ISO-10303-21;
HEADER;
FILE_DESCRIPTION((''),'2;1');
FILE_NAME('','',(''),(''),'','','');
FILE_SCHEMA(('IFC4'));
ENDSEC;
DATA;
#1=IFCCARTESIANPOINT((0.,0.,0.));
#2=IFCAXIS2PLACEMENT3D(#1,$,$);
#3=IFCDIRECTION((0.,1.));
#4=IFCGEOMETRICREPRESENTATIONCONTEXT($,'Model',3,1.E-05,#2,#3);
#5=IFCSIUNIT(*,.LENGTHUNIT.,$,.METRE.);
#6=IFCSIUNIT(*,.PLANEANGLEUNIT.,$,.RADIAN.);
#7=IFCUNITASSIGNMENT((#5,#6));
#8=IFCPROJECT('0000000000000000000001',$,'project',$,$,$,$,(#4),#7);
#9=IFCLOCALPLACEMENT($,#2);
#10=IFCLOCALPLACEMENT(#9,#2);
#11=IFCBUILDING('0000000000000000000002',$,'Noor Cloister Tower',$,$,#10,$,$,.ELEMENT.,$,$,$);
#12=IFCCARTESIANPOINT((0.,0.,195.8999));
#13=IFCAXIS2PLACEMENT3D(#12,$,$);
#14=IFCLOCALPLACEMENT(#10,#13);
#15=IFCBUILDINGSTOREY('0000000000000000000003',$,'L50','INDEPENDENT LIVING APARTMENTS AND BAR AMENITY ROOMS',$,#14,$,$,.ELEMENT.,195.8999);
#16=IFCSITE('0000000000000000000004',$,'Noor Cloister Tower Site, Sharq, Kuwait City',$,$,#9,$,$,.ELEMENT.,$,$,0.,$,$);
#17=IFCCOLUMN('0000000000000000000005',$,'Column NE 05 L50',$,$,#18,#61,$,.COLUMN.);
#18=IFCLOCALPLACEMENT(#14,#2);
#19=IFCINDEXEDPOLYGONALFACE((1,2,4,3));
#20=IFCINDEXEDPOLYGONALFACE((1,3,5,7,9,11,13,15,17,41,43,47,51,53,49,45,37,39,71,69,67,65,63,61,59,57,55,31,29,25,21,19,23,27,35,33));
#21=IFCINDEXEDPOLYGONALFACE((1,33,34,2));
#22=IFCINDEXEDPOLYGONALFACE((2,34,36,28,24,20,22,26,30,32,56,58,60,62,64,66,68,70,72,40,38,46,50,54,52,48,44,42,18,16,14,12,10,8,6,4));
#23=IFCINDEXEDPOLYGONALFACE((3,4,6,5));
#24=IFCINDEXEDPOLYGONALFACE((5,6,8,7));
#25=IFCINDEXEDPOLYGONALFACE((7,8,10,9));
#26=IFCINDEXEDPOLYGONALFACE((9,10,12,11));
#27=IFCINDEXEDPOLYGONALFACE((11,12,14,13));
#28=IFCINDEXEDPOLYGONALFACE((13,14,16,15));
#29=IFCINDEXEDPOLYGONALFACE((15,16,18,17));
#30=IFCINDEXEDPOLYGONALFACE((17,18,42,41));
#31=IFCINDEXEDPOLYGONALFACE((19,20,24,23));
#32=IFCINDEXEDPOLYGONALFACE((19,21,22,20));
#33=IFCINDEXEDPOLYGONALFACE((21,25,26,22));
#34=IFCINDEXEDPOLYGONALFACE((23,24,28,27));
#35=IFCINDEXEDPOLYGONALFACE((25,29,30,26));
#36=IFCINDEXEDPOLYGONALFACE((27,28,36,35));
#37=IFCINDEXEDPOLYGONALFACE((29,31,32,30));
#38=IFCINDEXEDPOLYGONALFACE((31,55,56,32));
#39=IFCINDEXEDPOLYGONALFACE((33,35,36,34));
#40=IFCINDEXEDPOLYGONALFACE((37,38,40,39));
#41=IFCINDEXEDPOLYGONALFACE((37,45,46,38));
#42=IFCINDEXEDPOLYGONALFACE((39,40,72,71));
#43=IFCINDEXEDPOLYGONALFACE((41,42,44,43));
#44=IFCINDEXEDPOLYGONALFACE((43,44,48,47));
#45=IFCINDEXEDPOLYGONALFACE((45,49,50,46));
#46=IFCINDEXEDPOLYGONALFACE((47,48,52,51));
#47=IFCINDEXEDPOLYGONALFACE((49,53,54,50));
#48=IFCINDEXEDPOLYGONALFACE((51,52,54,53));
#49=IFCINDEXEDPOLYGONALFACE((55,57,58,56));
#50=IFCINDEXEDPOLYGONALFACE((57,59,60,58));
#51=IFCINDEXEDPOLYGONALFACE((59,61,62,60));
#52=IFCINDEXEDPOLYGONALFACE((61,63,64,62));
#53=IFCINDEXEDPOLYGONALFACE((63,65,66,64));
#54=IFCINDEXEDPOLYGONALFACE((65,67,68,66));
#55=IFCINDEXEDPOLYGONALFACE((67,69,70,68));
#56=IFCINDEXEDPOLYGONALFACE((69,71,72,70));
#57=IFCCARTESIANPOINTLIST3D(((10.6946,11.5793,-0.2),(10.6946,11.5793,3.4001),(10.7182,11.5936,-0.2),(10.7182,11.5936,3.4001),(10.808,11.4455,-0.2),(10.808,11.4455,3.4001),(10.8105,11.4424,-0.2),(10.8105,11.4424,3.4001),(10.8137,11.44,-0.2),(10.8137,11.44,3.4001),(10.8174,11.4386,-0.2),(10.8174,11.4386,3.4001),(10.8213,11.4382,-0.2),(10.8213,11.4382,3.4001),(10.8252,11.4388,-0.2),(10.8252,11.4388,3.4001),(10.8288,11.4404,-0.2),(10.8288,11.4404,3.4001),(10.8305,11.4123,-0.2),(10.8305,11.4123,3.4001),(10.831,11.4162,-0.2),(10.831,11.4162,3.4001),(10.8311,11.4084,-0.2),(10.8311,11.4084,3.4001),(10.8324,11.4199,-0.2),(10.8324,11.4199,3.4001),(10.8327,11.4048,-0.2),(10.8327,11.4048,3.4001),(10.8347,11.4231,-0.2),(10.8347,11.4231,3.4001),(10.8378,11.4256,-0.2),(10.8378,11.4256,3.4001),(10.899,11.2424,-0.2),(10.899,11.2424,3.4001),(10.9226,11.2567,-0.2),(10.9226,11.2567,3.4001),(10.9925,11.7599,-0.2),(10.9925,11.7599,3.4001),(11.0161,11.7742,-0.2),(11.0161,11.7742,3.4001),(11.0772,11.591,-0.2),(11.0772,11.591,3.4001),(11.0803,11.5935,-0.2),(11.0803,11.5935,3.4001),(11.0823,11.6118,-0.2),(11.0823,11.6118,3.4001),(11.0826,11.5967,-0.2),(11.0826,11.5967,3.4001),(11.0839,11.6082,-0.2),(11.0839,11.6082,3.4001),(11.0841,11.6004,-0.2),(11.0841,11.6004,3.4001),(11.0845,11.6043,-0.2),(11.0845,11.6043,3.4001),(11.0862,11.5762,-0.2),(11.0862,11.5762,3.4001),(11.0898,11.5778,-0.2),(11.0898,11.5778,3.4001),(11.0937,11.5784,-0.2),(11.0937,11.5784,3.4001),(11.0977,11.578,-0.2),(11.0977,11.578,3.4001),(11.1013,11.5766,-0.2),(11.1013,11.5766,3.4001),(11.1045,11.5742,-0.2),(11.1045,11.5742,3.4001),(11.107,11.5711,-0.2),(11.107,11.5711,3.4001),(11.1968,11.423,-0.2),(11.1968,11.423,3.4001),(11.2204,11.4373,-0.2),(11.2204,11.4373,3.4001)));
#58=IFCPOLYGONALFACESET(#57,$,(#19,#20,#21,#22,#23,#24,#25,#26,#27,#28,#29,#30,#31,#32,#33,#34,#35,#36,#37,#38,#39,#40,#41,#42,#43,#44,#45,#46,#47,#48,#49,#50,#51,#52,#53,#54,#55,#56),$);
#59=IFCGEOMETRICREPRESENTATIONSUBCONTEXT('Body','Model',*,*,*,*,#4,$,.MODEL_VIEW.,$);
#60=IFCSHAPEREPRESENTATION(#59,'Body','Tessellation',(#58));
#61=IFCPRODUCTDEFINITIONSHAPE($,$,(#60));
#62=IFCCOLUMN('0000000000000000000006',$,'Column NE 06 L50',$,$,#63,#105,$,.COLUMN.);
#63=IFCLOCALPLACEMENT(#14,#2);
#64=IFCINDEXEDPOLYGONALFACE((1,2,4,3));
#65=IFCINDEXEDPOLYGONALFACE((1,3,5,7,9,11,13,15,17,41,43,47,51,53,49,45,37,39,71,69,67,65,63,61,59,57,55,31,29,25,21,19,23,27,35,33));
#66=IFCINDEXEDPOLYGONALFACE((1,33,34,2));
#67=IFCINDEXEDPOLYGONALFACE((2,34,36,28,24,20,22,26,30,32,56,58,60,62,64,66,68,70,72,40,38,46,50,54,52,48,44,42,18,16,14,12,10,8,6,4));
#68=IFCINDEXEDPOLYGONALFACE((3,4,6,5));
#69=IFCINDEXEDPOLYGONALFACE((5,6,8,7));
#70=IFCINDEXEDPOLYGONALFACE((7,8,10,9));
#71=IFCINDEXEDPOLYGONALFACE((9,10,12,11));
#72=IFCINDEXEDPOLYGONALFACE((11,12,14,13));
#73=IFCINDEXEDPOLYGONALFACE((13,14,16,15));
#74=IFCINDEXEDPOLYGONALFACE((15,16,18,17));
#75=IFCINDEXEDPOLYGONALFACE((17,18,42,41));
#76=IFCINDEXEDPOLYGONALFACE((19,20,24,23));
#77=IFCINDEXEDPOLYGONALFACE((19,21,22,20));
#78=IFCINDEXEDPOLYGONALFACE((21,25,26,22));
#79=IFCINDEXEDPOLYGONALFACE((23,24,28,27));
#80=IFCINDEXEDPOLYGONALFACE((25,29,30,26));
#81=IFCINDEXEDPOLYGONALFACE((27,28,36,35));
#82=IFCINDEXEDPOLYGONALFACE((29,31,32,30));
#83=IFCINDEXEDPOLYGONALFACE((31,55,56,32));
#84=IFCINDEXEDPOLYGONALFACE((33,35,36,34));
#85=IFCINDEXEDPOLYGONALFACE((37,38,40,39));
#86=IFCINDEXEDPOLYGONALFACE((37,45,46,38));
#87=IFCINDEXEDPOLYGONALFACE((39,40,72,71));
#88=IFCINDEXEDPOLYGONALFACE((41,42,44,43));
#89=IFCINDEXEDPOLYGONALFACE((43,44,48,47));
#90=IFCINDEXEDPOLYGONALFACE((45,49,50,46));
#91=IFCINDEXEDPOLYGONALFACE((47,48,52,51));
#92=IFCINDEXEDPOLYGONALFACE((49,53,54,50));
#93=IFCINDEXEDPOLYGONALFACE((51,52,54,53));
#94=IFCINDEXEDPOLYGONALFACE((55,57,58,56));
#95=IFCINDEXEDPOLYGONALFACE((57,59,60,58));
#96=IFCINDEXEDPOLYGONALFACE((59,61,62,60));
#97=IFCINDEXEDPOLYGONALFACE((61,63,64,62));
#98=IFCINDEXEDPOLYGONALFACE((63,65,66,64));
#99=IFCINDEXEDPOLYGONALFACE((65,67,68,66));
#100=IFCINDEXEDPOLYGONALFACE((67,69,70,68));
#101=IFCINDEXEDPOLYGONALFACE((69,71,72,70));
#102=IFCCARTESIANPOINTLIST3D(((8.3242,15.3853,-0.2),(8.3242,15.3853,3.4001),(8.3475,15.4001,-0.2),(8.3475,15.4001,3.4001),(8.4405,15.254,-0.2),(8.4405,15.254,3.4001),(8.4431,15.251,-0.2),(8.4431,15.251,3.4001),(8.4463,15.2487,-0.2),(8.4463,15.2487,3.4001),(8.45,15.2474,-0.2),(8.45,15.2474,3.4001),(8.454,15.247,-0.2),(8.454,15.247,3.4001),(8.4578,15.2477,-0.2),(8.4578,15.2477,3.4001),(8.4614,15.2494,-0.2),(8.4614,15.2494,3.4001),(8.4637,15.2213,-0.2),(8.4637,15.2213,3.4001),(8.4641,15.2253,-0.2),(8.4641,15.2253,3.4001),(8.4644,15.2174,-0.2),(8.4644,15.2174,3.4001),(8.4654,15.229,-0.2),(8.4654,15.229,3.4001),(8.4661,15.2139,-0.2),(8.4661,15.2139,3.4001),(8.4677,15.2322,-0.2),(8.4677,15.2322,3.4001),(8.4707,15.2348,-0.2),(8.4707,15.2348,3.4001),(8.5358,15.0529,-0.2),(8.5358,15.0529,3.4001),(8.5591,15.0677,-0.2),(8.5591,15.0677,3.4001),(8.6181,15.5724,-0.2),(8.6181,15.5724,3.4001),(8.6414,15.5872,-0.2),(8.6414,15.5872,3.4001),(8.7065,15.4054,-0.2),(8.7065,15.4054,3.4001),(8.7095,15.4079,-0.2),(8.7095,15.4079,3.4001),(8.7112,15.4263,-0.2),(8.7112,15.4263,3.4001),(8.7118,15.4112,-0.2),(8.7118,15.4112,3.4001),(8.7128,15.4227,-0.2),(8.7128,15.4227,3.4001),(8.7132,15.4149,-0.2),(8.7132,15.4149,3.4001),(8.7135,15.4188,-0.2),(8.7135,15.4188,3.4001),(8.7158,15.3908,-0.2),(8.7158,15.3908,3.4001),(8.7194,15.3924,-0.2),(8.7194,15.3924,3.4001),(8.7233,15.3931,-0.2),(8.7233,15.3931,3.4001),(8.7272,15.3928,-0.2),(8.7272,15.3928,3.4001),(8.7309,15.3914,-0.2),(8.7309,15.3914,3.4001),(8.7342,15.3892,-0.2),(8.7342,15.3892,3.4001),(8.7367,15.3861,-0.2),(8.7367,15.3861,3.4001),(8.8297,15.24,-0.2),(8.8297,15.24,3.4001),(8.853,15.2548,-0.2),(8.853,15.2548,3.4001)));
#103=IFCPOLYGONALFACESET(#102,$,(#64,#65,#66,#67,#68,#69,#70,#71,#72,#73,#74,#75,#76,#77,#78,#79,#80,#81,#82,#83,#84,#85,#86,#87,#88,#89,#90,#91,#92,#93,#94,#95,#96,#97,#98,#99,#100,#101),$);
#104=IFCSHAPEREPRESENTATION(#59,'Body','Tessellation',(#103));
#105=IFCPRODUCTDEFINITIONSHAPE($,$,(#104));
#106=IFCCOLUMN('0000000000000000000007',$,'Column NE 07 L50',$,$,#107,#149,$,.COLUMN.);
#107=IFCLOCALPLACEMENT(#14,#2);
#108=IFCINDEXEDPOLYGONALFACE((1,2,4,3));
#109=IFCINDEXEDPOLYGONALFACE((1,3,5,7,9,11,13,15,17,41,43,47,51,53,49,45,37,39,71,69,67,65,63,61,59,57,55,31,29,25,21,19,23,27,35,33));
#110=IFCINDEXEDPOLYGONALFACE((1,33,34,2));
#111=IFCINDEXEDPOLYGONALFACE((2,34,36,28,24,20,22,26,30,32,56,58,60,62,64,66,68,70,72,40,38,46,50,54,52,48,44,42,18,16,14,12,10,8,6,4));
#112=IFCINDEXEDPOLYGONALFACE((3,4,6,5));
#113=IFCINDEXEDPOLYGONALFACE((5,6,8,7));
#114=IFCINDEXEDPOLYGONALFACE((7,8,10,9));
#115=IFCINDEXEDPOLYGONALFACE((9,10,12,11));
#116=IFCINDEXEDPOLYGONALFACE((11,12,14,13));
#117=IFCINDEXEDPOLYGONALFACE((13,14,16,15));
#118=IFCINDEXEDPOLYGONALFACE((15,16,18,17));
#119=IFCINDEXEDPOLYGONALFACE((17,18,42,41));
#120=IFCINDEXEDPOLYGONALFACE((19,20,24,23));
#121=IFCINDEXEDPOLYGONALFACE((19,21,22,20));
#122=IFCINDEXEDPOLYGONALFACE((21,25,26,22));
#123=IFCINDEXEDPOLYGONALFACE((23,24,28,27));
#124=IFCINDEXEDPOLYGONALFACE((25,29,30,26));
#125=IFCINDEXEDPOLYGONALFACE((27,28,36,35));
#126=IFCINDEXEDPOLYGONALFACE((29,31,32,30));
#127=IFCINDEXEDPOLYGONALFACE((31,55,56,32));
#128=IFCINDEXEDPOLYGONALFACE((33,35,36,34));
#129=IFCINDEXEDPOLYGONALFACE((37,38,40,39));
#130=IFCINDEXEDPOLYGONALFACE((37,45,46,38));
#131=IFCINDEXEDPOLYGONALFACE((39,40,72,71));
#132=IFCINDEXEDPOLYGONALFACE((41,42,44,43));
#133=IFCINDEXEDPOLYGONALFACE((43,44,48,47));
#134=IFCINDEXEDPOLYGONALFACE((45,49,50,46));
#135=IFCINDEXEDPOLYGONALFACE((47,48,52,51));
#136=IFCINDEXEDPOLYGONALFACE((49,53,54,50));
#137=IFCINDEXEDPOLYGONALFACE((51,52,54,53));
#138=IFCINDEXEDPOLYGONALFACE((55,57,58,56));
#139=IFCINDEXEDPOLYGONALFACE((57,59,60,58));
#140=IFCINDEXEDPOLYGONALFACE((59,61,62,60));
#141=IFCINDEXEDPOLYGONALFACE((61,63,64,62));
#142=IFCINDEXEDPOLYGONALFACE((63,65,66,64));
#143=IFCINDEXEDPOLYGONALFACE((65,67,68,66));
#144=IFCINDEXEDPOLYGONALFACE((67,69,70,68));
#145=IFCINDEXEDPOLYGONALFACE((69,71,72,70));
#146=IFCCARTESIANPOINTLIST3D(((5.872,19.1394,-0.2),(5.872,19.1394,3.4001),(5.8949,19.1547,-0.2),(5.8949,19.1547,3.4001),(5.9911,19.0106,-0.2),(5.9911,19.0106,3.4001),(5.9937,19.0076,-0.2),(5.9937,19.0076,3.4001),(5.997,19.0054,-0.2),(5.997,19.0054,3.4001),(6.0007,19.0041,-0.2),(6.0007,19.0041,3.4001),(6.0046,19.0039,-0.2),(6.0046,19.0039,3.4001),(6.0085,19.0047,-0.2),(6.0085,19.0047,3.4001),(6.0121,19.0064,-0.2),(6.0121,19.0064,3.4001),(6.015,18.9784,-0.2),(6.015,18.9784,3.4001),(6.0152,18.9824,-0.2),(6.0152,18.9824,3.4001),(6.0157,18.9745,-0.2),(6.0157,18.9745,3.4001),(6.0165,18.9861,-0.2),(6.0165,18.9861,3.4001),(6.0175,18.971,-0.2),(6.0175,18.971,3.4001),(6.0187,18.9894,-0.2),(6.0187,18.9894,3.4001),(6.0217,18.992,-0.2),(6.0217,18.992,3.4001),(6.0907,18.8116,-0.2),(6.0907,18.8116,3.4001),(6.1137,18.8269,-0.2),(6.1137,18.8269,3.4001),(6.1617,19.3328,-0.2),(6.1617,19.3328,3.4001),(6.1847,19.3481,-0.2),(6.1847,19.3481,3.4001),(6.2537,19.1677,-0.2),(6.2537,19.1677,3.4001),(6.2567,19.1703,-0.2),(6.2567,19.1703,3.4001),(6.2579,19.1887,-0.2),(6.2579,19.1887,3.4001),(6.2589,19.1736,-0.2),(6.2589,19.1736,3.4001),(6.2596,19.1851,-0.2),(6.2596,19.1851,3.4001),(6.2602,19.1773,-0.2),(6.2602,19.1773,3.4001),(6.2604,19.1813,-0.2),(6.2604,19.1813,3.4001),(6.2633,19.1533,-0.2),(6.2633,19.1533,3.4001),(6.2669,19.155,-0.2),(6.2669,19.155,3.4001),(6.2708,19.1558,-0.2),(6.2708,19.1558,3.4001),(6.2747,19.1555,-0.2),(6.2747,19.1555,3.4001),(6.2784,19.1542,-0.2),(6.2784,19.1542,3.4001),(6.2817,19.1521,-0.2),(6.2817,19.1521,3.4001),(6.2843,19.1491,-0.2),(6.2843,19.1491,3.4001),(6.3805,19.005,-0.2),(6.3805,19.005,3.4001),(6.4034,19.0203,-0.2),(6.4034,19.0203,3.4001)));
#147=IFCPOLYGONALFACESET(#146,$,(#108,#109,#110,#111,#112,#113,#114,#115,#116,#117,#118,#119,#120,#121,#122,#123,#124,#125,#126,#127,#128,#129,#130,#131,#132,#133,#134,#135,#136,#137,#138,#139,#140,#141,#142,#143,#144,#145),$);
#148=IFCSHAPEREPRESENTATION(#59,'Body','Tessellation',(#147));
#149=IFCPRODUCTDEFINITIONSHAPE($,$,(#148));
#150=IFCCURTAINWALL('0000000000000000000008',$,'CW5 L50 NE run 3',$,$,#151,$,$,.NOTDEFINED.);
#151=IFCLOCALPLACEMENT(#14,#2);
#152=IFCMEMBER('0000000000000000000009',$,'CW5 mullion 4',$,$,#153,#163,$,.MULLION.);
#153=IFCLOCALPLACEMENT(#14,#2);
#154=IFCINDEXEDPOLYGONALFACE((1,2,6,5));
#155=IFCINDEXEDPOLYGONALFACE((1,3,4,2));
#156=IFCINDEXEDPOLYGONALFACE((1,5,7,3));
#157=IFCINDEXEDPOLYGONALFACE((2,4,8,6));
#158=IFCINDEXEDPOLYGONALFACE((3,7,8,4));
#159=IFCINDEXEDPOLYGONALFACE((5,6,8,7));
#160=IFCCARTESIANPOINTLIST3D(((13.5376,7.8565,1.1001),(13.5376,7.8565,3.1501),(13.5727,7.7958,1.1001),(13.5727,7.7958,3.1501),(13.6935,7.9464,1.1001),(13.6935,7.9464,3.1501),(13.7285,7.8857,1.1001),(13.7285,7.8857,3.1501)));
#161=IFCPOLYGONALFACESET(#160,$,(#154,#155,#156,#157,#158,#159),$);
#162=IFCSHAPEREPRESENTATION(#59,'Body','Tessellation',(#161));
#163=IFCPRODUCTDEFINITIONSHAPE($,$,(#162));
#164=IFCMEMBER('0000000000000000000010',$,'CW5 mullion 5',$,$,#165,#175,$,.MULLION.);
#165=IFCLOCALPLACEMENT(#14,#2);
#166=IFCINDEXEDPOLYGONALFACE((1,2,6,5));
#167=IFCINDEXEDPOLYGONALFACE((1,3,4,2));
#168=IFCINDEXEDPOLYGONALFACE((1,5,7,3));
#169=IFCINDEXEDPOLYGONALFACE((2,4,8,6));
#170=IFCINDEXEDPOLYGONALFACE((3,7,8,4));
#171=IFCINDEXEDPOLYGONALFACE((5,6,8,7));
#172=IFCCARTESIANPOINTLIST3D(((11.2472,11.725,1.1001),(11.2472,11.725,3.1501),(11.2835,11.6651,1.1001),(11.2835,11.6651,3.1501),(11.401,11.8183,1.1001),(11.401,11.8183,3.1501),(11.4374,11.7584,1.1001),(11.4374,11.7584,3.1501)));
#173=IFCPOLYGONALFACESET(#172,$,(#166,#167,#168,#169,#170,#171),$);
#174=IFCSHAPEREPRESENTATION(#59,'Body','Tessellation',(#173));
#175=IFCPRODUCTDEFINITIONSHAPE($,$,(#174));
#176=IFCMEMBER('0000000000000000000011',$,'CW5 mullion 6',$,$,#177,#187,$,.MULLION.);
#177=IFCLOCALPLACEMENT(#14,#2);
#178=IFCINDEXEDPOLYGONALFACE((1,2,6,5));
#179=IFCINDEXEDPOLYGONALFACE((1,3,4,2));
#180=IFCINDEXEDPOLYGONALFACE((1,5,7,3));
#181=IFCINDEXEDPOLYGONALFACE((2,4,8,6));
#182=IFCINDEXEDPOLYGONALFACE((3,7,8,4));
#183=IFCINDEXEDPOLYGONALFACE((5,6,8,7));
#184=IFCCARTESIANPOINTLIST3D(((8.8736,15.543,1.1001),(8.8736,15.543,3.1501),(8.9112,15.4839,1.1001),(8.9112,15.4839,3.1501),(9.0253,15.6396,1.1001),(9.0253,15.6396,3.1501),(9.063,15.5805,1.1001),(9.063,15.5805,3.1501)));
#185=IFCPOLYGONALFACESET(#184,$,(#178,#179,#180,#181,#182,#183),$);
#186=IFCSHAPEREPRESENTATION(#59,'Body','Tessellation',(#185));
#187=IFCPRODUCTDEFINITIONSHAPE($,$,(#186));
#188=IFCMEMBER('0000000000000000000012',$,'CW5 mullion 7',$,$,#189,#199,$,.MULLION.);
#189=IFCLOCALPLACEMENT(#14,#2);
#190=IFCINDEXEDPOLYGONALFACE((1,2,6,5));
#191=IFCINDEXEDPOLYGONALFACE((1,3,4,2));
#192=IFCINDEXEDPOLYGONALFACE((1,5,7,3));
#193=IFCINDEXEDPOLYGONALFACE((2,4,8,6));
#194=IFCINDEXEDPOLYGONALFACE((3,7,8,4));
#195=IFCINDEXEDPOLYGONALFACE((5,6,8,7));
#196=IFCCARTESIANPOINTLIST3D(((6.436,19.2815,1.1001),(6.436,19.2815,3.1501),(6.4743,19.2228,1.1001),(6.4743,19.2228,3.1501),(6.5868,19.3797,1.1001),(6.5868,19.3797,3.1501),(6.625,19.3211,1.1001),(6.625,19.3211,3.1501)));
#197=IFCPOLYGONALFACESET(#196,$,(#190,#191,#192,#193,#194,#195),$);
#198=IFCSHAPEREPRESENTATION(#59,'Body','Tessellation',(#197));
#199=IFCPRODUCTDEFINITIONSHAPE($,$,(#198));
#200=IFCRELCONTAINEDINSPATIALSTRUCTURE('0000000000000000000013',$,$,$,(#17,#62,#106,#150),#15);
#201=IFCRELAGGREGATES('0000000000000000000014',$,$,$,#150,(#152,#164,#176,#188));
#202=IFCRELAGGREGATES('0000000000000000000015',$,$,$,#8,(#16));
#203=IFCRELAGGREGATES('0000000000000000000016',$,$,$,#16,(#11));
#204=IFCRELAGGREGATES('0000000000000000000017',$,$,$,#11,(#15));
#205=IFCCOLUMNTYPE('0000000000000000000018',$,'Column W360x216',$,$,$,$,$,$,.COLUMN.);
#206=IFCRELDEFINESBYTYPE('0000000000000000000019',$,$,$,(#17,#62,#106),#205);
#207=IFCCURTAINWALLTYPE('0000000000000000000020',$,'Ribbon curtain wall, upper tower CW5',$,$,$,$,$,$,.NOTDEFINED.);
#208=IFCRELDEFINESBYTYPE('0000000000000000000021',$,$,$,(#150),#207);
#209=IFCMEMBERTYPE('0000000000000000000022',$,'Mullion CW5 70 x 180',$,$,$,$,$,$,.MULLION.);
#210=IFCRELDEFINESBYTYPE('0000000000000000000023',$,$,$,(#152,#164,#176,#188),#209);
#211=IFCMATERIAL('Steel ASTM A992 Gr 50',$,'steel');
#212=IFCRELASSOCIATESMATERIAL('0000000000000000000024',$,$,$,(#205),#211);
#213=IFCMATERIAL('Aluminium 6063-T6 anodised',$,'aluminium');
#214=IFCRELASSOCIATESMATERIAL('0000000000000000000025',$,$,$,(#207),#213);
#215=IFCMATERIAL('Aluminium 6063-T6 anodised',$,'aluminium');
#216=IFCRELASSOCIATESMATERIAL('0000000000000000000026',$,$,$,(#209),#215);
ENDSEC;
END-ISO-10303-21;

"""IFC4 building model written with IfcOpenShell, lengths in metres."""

from ifc_helpers import new_model, si_unit, direction, frame, origin, origin_2d, place, context, subcontext, project, spatial, rectangle, i_section, extrude, material, material_profile, profile_set, type_object, element, aggregate, save


model = new_model("IFC4")

# Units and contexts
model_context = context("Model", 3, precision=1e-05, world=origin(), true_north=direction((0.0, 1.0)))
body_context = subcontext(model_context, "Body", "Model", "MODEL_VIEW")
ifc_project = project(units=[si_unit("LENGTHUNIT", "METRE"), si_unit("PLANEANGLEUNIT", "RADIAN")], contexts=[model_context])

# Site, building, storey
site_placement = place(None, origin())
site = spatial("IfcSite", under=ifc_project, at=site_placement, Name="Noor Cloister Tower Site, Sharq, Kuwait City", CompositionType="ELEMENT", RefElevation=0.0)
building_placement = place(site_placement, origin())
building = spatial("IfcBuilding", under=site, at=building_placement, Name="Noor Cloister Tower", CompositionType="ELEMENT")
storey_placement = place(building_placement, frame((0.0, 0.0, 195.8999)))
storey = spatial("IfcBuildingStorey", under=building, at=storey_placement, Name="L50", Description="INDEPENDENT LIVING APARTMENTS AND BAR AMENITY ROOMS", CompositionType="ELEMENT", Elevation=195.8999)

# Columns
ifc_material_1 = material(Name="Steel ASTM A992 Gr 50", Category="steel")
ifc_material_profile_1 = material_profile(ifc_material_1, i_section(OverallWidth=0.394, OverallDepth=0.376, WebThickness=0.0173, FlangeThickness=0.0276, FilletRadius=0.0151, at=origin_2d()), Name="W360x216")
ifc_profile_set_1 = profile_set([ifc_material_profile_1], Name="Steel ASTM A992 Gr 50")
column_type = type_object("IfcColumnType", Name="Column W360x216", PredefinedType="COLUMN", material=ifc_profile_set_1)
for number, where, z_axis, x_axis, name in (
    (1, (10.9575, 11.5083, -0.2), (0.0, 0.0, 1.0), (-0.518623, 0.855003, 0.0), "Column NE 05 L50"),
    (2, (8.5886, 15.3201, -0.2), (0.0, 0.0, 1.0), (-0.537002, 0.843581, 0.0), "Column NE 06 L50"),
    (3, (6.1377, 19.0798, -0.2), (0.0, 0.0, 1.0), (-0.55513, 0.831763, 0.0), "Column NE 07 L50"),
):
    element("IfcColumn", number, at=place(storey_placement, frame(where, z_axis=z_axis, x_axis=x_axis)), inside=storey, type_object=column_type, Name=name, PredefinedType="COLUMN", context=body_context, shape_type="SweptSolid", body=[
        extrude(i_section(OverallWidth=0.394, OverallDepth=0.376, WebThickness=0.0173, FlangeThickness=0.0276, FilletRadius=0.0151, at=origin_2d()), origin(), (0.0, 0.0, 1.0), 3.6001),
    ])

# Curtain wall, members
ifc_material_2 = material(Name="Aluminium 6063-T6 anodised", Category="aluminium")
curtain_wall_type = type_object("IfcCurtainWallType", Name="Ribbon curtain wall, upper tower CW5", PredefinedType="NOTDEFINED", material=ifc_material_2)
curtain_wall_placement = place(storey_placement, origin())
curtain_wall = element("IfcCurtainWall", 4, at=curtain_wall_placement, inside=storey, type_object=curtain_wall_type, Name="CW5 L50 NE run 3", PredefinedType="NOTDEFINED")
ifc_material_3 = material(Name="Aluminium 6063-T6 anodised", Category="aluminium")
ifc_material_profile_2 = material_profile(ifc_material_3, rectangle(XDim=0.1799, YDim=0.0701, at=origin_2d()), Name="180 x 70 mullion")
ifc_profile_set_2 = profile_set([ifc_material_profile_2], Name="Aluminium 6063-T6 anodised")
member_type = type_object("IfcMemberType", Name="Mullion CW5 70 x 180", PredefinedType="MULLION", material=ifc_profile_set_2)
member_1_placement = place(storey_placement, frame((13.6331, 7.8711, 1.1001), z_axis=(0.0, 0.0, 1.0), x_axis=(-0.866025, -0.5, 0.0)))
member_1 = element("IfcMember", 5, at=member_1_placement, type_object=member_type, Name="CW5 mullion 4", PredefinedType="MULLION", context=body_context, shape_type="SweptSolid", body=[
    extrude(rectangle(XDim=0.1799, YDim=0.0701, at=origin_2d()), origin(), (0.0, 0.0, 1.0), 2.05),
])
member_2_placement = place(storey_placement, frame((11.3423, 11.7417, 1.1001), z_axis=(0.0, 0.0, 1.0), x_axis=(-0.855003, -0.518623, 0.0)))
member_2 = element("IfcMember", 6, at=member_2_placement, type_object=member_type, Name="CW5 mullion 5", PredefinedType="MULLION", context=body_context, shape_type="SweptSolid", body=[
    extrude(rectangle(XDim=0.1799, YDim=0.0701, at=origin_2d()), origin(), (0.0, 0.0, 1.0), 2.05),
])
member_3_placement = place(storey_placement, frame((8.9683, 15.5618, 1.1001), z_axis=(0.0, 0.0, 1.0), x_axis=(-0.843581, -0.537002, 0.0)))
member_3 = element("IfcMember", 7, at=member_3_placement, type_object=member_type, Name="CW5 mullion 6", PredefinedType="MULLION", context=body_context, shape_type="SweptSolid", body=[
    extrude(rectangle(XDim=0.1799, YDim=0.0701, at=origin_2d()), origin(), (0.0, 0.0, 1.0), 2.05),
])
member_4_placement = place(storey_placement, frame((6.5305, 19.3013, 1.1001), z_axis=(0.0, 0.0, 1.0), x_axis=(-0.837721, -0.546098, 0.0)))
member_4 = element("IfcMember", 8, at=member_4_placement, type_object=member_type, Name="CW5 mullion 7", PredefinedType="MULLION", context=body_context, shape_type="SweptSolid", body=[
    extrude(rectangle(XDim=0.1799, YDim=0.0701, at=origin_2d()), origin(), (0.0, 0.0, 1.0), 2.05),
])

aggregate(curtain_wall, [member_1, member_2, member_3, member_4])

save(model, "model.ifc")
